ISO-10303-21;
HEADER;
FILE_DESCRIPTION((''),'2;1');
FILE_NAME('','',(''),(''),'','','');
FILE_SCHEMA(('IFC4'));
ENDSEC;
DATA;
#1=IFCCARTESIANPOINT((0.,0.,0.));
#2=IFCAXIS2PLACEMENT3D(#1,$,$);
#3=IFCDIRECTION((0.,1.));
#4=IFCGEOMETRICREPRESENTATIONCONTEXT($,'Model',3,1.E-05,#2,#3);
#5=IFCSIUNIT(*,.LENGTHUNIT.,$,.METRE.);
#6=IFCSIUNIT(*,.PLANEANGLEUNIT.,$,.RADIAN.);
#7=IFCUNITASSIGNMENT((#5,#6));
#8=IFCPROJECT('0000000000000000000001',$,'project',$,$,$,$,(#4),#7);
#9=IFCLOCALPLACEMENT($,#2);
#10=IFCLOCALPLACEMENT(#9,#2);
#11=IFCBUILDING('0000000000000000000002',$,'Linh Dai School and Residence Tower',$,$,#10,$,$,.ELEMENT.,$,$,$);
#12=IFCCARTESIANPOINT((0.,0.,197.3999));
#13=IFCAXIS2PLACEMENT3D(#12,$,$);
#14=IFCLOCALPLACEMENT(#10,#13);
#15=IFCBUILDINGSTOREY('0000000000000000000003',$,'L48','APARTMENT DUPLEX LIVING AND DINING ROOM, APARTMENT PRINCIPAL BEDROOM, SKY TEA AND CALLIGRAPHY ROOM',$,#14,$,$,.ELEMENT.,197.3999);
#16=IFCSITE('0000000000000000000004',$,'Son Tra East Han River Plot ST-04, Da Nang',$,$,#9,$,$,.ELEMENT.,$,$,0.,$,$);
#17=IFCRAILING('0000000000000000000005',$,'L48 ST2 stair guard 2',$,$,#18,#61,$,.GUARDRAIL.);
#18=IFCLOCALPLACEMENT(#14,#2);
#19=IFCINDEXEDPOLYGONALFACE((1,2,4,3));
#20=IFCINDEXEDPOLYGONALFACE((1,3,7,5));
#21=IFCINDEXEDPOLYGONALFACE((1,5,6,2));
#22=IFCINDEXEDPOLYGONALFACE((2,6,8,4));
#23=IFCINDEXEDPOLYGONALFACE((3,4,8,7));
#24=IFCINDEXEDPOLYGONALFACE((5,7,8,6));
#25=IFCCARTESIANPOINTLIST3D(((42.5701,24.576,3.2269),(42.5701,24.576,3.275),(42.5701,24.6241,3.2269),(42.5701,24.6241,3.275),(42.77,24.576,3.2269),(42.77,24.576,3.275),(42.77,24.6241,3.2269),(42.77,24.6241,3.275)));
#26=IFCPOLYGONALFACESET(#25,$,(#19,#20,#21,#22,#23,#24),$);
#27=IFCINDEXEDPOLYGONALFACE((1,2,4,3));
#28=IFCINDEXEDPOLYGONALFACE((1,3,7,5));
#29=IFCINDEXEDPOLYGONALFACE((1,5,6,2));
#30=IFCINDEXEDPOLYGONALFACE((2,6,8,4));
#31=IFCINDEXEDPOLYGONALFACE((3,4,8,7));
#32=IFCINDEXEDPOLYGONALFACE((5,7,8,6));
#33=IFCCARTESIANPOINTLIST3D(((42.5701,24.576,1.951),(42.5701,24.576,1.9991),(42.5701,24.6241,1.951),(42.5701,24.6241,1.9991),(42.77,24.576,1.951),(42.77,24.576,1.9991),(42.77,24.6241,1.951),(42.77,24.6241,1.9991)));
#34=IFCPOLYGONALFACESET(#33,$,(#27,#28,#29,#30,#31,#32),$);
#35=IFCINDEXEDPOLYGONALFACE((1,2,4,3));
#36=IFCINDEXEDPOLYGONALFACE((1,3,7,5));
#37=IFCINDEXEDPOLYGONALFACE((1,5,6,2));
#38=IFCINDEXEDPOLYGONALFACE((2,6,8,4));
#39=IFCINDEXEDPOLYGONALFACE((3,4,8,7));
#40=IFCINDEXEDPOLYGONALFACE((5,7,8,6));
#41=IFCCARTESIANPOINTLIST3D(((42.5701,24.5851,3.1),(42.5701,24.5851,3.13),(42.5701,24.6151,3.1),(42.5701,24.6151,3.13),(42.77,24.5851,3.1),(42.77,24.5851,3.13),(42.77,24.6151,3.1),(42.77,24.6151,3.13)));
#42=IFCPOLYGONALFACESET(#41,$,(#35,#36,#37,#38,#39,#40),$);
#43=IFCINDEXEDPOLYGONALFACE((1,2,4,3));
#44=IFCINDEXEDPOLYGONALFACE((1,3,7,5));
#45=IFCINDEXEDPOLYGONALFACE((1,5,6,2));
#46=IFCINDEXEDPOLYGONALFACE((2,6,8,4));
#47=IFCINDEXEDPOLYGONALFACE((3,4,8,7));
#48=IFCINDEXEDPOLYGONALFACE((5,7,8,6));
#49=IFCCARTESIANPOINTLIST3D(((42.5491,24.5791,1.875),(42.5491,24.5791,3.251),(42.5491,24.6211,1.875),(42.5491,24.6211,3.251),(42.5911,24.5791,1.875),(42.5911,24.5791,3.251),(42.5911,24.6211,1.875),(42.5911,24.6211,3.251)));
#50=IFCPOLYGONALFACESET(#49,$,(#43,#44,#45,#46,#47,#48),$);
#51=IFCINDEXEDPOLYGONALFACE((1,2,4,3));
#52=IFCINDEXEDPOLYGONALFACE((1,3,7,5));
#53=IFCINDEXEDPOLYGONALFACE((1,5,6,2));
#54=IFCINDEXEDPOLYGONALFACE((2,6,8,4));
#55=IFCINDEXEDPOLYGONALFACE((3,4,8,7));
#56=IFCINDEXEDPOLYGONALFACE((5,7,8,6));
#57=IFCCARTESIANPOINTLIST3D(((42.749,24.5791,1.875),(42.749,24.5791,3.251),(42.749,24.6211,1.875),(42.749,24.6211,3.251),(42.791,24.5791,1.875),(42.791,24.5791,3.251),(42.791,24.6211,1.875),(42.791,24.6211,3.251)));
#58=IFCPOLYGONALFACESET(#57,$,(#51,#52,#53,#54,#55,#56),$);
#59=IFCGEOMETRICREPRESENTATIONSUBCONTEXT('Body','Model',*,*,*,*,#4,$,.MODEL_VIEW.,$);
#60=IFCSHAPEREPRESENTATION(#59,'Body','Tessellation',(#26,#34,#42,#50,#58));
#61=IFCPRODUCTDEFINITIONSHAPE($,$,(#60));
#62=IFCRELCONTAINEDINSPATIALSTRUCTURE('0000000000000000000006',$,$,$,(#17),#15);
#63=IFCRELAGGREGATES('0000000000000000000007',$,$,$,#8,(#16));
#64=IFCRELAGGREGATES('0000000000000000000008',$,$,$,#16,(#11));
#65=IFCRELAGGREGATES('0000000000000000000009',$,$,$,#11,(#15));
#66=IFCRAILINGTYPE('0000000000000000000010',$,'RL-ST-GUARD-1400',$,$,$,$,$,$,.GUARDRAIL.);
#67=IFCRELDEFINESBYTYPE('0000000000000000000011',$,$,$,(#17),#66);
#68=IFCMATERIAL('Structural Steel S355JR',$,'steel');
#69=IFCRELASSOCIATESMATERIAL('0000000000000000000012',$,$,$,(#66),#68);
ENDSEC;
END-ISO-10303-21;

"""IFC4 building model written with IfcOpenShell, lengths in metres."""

from ifc_helpers import new_model, si_unit, direction, frame, origin, origin_2d, place, context, subcontext, project, spatial, rectangle, extrude, source, transform, mapped, material, type_object, element, save


model = new_model("IFC4")

# Units and contexts
model_context = context("Model", 3, precision=1e-05, world=origin(), true_north=direction((0.0, 1.0)))
body_context = subcontext(model_context, "Body", "Model", "MODEL_VIEW")
ifc_project = project(units=[si_unit("LENGTHUNIT", "METRE"), si_unit("PLANEANGLEUNIT", "RADIAN")], contexts=[model_context])

# Site, building, storey
site_placement = place(None, origin())
site = spatial("IfcSite", under=ifc_project, at=site_placement, Name="Son Tra East Han River Plot ST-04, Da Nang", CompositionType="ELEMENT", RefElevation=0.0)
building_placement = place(site_placement, origin())
building = spatial("IfcBuilding", under=site, at=building_placement, Name="Linh Dai School and Residence Tower", CompositionType="ELEMENT")
storey_placement = place(building_placement, frame((0.0, 0.0, 197.3999)))
storey = spatial("IfcBuildingStorey", under=building, at=storey_placement, Name="L48", Description="APARTMENT DUPLEX LIVING AND DINING ROOM, APARTMENT PRINCIPAL BEDROOM, SKY TEA AND CALLIGRAPHY ROOM", CompositionType="ELEMENT", Elevation=197.3999)

# Shared definitions
ifc_material_1 = material(Name="Structural Steel S355JR", Category="steel")

# Railing
railing_type_1 = type_object("IfcRailingType", Name="RL-ST-GUARD-1400", PredefinedType="GUARDRAIL", material=ifc_material_1)
shared_shape_1 = source(origin(), body_context, "Body", "SweptSolid", [
    extrude(rectangle(XDim=0.0481, YDim=0.0481, at=origin_2d()), frame((0.0, 0.0, 1.376), z_axis=(1.0, 0.0, 0.0), x_axis=(0.0, 1.0, 0.0)), (0.0, 0.0, 1.0), 0.2),
    extrude(rectangle(XDim=0.0481, YDim=0.0481, at=origin_2d()), frame((0.0, 0.0, 0.1001), z_axis=(1.0, 0.0, 0.0), x_axis=(0.0, 1.0, 0.0)), (0.0, 0.0, 1.0), 0.2),
    extrude(rectangle(XDim=0.03, YDim=0.03, at=origin_2d()), frame((0.0, 0.0, 1.24), z_axis=(1.0, 0.0, 0.0), x_axis=(0.0, 1.0, 0.0)), (0.0, 0.0, 1.0), 0.2),
    extrude(rectangle(XDim=0.042, YDim=0.042, at=origin_2d()), origin(), (0.0, 0.0, 1.0), 1.376),
    extrude(rectangle(XDim=0.042, YDim=0.042, at=origin_2d()), frame((0.2, 0.0, 0.0)), (0.0, 0.0, 1.0), 1.376),
])
railing_1_placement = place(storey_placement, frame((42.5701, 24.6001, 1.875)))
element("IfcRailing", 1, at=railing_1_placement, inside=storey, type_object=railing_type_1, Name="L48 ST2 stair guard 2", PredefinedType="GUARDRAIL", context=body_context, shape_type="MappedRepresentation", body=[
    mapped(shared_shape_1, transform((0.0, 0.0, 0.0), x_axis=(1.0, 0.0, 0.0), y_axis=(0.0, 1.0, 0.0), z_axis=(0.0, 0.0, 1.0), scale=1.0)),
])

save(model, "model.ifc")
